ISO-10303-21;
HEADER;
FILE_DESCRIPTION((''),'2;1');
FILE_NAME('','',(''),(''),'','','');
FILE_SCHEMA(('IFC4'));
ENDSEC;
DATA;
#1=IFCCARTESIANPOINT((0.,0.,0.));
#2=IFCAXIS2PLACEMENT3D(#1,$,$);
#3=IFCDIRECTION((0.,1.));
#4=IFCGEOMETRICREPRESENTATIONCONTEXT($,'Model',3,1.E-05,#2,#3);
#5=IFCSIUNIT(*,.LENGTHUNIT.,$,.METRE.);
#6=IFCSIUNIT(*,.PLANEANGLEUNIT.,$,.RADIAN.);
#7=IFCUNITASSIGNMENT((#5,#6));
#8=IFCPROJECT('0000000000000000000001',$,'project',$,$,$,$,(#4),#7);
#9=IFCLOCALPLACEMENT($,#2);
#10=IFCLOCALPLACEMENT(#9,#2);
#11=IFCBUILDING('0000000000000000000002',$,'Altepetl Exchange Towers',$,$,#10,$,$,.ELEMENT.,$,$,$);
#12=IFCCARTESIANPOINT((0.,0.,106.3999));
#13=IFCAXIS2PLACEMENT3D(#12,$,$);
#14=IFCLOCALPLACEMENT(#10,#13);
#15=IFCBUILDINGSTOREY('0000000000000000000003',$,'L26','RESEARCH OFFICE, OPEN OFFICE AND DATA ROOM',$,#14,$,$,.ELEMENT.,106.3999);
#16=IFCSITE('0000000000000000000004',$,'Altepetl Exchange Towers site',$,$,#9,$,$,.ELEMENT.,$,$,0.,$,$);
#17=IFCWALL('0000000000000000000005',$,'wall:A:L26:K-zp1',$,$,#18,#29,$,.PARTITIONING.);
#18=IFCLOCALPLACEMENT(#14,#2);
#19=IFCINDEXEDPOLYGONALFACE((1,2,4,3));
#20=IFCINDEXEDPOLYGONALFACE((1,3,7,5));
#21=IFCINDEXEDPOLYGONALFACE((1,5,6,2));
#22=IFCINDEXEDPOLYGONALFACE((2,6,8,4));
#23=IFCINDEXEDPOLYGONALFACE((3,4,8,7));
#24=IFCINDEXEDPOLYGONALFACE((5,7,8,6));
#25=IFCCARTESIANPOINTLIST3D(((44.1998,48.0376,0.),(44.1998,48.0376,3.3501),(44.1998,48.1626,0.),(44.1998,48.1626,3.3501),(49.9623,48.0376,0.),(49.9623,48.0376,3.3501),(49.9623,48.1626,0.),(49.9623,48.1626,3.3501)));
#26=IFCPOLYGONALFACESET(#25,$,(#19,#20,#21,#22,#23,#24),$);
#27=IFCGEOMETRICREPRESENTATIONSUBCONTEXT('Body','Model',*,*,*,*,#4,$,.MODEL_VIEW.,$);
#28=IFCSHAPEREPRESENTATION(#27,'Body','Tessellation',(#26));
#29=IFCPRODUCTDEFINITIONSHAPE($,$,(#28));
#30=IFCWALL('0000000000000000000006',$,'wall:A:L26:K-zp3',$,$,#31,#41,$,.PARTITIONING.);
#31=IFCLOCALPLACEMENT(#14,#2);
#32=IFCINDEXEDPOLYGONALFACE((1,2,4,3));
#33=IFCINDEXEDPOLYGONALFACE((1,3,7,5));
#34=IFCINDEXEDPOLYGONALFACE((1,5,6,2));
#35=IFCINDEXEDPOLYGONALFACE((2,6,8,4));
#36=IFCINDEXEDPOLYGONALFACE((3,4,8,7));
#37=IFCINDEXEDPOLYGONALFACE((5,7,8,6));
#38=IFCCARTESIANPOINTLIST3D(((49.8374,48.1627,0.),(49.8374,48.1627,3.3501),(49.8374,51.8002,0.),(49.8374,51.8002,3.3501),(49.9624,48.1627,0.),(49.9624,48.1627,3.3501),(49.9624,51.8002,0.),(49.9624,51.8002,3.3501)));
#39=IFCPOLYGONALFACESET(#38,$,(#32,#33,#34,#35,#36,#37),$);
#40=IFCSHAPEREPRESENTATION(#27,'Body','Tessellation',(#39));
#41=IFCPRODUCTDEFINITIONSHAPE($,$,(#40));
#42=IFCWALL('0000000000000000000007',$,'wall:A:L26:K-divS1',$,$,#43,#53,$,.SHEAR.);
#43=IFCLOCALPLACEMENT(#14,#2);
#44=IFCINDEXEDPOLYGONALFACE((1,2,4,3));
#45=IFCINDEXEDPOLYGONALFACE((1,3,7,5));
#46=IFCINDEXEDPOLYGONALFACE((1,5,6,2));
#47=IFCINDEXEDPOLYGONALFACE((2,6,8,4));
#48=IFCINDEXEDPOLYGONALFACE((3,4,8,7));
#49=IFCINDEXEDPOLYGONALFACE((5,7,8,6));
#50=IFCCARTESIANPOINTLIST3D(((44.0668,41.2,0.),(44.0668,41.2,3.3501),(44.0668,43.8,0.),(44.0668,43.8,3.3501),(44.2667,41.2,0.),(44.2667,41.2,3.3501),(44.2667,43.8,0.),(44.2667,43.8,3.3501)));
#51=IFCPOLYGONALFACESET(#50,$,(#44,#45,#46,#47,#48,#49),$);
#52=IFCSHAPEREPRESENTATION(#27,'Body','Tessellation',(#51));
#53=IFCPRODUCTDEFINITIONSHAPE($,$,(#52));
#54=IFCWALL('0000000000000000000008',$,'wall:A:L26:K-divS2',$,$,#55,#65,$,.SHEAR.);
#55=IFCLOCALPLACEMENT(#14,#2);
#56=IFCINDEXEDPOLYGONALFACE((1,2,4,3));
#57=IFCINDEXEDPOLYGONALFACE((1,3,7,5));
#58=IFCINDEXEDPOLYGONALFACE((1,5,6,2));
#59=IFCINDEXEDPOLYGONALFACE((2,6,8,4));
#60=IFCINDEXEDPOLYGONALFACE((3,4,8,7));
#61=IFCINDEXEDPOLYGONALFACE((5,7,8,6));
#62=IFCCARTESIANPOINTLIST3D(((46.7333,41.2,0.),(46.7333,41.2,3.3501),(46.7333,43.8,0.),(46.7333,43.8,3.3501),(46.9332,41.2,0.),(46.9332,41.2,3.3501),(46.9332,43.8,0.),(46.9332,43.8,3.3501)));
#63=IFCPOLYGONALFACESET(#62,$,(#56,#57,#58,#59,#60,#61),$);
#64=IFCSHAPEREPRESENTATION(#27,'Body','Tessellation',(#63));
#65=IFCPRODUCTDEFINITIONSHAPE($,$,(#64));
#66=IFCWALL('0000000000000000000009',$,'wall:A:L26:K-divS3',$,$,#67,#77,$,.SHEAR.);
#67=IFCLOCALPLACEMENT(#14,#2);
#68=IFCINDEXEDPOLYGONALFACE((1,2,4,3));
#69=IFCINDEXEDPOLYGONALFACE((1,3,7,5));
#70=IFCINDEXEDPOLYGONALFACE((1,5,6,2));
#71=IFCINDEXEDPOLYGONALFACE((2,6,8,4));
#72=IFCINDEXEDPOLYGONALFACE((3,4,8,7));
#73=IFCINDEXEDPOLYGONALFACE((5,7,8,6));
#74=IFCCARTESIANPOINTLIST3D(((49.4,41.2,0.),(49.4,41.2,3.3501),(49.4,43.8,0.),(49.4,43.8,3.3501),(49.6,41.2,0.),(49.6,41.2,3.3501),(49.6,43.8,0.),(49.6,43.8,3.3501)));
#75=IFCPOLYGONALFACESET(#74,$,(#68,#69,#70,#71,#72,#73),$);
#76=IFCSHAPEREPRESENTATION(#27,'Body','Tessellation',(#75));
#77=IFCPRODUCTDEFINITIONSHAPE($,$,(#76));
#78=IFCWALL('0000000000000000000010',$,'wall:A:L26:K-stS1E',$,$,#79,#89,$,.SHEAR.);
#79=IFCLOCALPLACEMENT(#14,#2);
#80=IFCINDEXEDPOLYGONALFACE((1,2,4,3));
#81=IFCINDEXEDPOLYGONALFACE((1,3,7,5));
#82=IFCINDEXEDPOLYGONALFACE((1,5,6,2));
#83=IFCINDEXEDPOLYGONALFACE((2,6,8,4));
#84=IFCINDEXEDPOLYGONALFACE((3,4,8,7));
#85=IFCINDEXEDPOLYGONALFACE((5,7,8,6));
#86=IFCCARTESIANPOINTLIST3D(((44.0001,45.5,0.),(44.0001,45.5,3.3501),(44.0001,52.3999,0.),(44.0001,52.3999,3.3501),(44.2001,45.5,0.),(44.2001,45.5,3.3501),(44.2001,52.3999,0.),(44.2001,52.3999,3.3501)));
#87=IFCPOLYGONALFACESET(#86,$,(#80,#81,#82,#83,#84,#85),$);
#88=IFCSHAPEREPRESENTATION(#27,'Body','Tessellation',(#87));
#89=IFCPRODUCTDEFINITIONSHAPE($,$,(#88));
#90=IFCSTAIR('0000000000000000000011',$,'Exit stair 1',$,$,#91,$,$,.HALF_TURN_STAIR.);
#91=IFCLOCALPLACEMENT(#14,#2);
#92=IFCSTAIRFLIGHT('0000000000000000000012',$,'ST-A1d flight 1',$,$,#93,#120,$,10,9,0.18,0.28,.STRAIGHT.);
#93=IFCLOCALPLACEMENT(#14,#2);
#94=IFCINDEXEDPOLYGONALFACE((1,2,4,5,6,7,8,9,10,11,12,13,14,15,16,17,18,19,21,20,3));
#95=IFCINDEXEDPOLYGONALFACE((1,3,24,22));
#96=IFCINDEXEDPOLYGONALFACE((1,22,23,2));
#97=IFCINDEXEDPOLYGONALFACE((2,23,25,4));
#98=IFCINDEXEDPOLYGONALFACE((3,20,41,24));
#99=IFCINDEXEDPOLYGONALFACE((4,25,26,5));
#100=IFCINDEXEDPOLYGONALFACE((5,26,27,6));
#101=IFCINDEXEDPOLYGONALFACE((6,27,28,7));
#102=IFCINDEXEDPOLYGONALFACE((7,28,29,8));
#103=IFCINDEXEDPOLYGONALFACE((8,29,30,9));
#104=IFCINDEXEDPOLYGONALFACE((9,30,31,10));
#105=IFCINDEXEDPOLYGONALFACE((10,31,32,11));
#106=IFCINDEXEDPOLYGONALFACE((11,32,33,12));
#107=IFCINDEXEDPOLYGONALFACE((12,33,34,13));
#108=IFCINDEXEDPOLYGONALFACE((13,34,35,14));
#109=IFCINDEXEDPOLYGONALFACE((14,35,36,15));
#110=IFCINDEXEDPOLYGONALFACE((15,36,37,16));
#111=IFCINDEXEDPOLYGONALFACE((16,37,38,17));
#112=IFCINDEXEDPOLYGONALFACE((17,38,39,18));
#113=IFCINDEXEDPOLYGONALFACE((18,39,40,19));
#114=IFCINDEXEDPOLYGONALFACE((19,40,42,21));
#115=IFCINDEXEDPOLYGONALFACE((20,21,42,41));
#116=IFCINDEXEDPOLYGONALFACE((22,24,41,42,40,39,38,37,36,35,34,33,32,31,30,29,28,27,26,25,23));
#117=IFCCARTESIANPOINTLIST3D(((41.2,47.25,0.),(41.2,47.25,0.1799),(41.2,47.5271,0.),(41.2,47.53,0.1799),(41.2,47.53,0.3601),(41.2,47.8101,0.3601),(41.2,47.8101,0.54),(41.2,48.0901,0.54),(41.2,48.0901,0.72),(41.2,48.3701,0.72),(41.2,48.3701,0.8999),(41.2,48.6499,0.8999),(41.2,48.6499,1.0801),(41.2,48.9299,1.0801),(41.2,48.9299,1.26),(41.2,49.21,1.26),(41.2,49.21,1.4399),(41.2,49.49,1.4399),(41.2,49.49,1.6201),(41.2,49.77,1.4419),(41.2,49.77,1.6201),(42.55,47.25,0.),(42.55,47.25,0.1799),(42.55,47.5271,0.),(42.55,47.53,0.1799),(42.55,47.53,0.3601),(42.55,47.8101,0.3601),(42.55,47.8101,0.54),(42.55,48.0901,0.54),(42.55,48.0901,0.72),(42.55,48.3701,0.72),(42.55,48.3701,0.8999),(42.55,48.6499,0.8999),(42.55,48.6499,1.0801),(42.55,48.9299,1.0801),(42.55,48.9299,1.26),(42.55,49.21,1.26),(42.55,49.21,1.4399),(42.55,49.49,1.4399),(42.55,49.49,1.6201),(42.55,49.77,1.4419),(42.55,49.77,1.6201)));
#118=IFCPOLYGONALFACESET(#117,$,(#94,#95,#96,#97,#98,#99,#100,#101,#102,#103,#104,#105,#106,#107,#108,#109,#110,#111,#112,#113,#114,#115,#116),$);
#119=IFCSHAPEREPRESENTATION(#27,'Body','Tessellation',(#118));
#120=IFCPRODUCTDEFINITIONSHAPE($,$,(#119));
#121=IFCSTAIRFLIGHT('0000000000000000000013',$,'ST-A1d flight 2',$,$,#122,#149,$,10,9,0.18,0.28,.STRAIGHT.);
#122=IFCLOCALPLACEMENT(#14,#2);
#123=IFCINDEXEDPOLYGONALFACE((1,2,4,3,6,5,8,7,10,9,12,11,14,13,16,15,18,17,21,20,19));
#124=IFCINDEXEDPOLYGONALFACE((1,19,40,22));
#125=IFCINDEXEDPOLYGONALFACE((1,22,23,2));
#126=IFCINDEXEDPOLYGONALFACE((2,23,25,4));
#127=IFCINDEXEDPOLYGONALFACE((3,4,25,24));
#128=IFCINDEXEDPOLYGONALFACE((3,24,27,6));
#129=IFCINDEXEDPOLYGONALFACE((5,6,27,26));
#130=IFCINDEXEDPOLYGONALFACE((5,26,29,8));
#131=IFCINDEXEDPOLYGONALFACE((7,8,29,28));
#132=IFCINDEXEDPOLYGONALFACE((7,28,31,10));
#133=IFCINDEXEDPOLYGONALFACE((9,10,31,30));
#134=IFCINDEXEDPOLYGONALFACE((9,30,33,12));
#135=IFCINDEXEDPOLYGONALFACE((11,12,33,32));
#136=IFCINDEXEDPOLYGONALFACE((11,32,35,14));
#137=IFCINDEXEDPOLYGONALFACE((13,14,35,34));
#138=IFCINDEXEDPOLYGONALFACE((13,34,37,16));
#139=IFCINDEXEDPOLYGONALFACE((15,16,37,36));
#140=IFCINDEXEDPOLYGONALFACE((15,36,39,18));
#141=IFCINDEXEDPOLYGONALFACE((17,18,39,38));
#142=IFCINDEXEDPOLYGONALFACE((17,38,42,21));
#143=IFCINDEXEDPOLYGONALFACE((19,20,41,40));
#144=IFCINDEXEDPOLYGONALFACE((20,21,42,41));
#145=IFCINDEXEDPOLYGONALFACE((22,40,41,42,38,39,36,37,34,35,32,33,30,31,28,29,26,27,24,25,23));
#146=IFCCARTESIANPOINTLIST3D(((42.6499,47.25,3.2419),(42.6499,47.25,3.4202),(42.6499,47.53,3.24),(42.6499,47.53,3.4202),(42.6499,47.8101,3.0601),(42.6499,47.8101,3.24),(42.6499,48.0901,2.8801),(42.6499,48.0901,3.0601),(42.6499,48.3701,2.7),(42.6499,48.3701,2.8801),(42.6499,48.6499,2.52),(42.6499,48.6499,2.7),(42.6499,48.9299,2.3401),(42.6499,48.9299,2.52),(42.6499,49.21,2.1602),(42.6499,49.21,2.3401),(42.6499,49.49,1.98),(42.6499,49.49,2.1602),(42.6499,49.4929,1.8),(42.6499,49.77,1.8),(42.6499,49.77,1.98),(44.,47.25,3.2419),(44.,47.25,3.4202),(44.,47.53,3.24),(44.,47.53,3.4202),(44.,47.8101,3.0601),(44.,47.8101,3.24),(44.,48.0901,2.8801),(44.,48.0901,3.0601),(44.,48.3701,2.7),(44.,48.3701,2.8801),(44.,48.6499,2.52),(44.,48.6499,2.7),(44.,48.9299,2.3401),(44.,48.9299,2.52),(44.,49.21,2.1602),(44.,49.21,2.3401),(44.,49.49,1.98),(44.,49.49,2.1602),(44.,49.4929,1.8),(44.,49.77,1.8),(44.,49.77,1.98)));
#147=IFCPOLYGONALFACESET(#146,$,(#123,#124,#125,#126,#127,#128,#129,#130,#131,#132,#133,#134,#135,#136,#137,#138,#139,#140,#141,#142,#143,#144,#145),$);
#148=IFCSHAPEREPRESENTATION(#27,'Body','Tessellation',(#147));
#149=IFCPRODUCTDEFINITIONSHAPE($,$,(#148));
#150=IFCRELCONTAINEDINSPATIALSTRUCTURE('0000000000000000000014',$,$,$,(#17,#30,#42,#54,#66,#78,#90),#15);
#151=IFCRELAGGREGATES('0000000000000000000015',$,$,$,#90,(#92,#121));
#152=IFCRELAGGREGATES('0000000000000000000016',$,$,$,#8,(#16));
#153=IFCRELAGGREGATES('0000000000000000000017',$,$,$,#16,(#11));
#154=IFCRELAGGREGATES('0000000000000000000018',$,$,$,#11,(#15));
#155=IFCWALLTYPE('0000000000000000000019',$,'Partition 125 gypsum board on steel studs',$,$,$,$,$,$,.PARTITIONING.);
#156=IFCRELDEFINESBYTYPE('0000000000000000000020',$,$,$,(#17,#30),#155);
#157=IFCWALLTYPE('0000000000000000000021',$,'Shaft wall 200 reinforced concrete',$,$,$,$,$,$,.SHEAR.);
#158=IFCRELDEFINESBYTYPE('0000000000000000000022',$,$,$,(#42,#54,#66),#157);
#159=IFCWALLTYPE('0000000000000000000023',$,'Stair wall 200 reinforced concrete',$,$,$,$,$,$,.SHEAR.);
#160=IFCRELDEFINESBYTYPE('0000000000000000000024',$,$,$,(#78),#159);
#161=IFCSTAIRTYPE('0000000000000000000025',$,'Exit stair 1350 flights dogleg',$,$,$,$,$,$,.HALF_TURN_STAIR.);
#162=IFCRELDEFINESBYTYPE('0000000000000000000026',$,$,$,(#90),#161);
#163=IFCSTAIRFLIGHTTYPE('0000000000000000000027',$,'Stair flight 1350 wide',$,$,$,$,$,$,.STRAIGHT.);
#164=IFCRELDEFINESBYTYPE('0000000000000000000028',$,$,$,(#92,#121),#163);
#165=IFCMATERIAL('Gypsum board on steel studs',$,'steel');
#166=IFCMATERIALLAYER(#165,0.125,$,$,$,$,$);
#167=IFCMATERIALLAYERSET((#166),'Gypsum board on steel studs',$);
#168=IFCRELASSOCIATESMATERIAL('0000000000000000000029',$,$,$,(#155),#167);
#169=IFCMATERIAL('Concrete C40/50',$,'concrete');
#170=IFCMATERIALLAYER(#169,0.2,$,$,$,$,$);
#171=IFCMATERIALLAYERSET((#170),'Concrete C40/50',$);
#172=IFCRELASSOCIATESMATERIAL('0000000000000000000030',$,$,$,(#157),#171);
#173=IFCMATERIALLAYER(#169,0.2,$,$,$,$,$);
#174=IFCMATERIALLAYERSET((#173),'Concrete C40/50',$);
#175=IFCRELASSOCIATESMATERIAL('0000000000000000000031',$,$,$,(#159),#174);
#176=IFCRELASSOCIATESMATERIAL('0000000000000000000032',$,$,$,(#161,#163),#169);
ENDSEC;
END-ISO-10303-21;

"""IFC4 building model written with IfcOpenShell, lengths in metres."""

from ifc_helpers import new_model, si_unit, direction, frame, frame_2d, origin, place, context, subcontext, project, spatial, polyline, rectangle, outline, extrude, material, layer, layer_set, type_object, element, aggregate, save


model = new_model("IFC4")

# Units and contexts
model_context = context("Model", 3, precision=1e-05, world=origin(), true_north=direction((0.0, 1.0)))
body_context = subcontext(model_context, "Body", "Model", "MODEL_VIEW")
ifc_project = project(units=[si_unit("LENGTHUNIT", "METRE"), si_unit("PLANEANGLEUNIT", "RADIAN")], contexts=[model_context])

# Site, building, storey
site_placement = place(None, origin())
site = spatial("IfcSite", under=ifc_project, at=site_placement, Name="Altepetl Exchange Towers site", CompositionType="ELEMENT", RefElevation=0.0)
building_placement = place(site_placement, origin())
building = spatial("IfcBuilding", under=site, at=building_placement, Name="Altepetl Exchange Towers", CompositionType="ELEMENT")
storey_placement = place(building_placement, frame((0.0, 0.0, 106.3999)))
storey = spatial("IfcBuildingStorey", under=building, at=storey_placement, Name="L26", Description="RESEARCH OFFICE, OPEN OFFICE AND DATA ROOM", CompositionType="ELEMENT", Elevation=106.3999)

# Walls
ifc_material_1 = material(Name="Gypsum board on steel studs", Category="steel")
ifc_layer_1 = layer(ifc_material_1, 0.125)
ifc_layer_set_1 = layer_set([ifc_layer_1], Name="Gypsum board on steel studs")
wall_type_1 = type_object("IfcWallType", Name="Partition 125 gypsum board on steel studs", PredefinedType="PARTITIONING", material=ifc_layer_set_1)
wall_1_placement = place(storey_placement, frame((49.9624, 48.1001, 0.0), z_axis=(0.0, 0.0, 1.0), x_axis=(-1.0, 0.0, 0.0)))
element("IfcWall", 1, at=wall_1_placement, inside=storey, type_object=wall_type_1, Name="wall:A:L26:K-zp1", PredefinedType="PARTITIONING", context=body_context, shape_type="SweptSolid", body=[
    extrude(rectangle(XDim=5.7625, YDim=0.125, at=frame_2d((2.8813, 0.0))), origin(), (0.0, 0.0, 1.0), 3.3501),
])
wall_2_placement = place(storey_placement, frame((49.8999, 48.1626, 0.0), z_axis=(0.0, 0.0, 1.0), x_axis=(0.0, 1.0, 0.0)))
element("IfcWall", 2, at=wall_2_placement, inside=storey, type_object=wall_type_1, Name="wall:A:L26:K-zp3", PredefinedType="PARTITIONING", context=body_context, shape_type="SweptSolid", body=[
    extrude(rectangle(XDim=3.6375, YDim=0.125, at=frame_2d((1.8188, 0.0))), origin(), (0.0, 0.0, 1.0), 3.3501),
])
ifc_material_2 = material(Name="Concrete C40/50", Category="concrete")
ifc_layer_2 = layer(ifc_material_2, 0.2)
ifc_layer_set_2 = layer_set([ifc_layer_2], Name="Concrete C40/50")
wall_type_2 = type_object("IfcWallType", Name="Shaft wall 200 reinforced concrete", PredefinedType="SHEAR", material=ifc_layer_set_2)
for number, where, z_axis, x_axis, name in (
    (3, (44.1667, 41.2, 0.0), (0.0, 0.0, 1.0), (0.0, 1.0, 0.0), "wall:A:L26:K-divS1"),
    (4, (46.8333, 41.2, 0.0), (0.0, 0.0, 1.0), (0.0, 1.0, 0.0), "wall:A:L26:K-divS2"),
    (5, (49.5, 41.2, 0.0), (0.0, 0.0, 1.0), (0.0, 1.0, 0.0), "wall:A:L26:K-divS3"),
):
    element("IfcWall", number, at=place(storey_placement, frame(where, z_axis=z_axis, x_axis=x_axis)), inside=storey, type_object=wall_type_2, Name=name, PredefinedType="SHEAR", context=body_context, shape_type="SweptSolid", body=[
        extrude(rectangle(XDim=2.6001, YDim=0.2, at=frame_2d((1.3, 0.0))), origin(), (0.0, 0.0, 1.0), 3.3501),
    ])
ifc_layer_3 = layer(ifc_material_2, 0.2)
ifc_layer_set_3 = layer_set([ifc_layer_3], Name="Concrete C40/50")
wall_type_3 = type_object("IfcWallType", Name="Stair wall 200 reinforced concrete", PredefinedType="SHEAR", material=ifc_layer_set_3)
wall_3_placement = place(storey_placement, frame((44.1001, 45.5, 0.0), z_axis=(0.0, 0.0, 1.0), x_axis=(0.0, 1.0, 0.0)))
element("IfcWall", 6, at=wall_3_placement, inside=storey, type_object=wall_type_3, Name="wall:A:L26:K-stS1E", PredefinedType="SHEAR", context=body_context, shape_type="SweptSolid", body=[
    extrude(rectangle(XDim=6.8999, YDim=0.2, at=frame_2d((3.45, 0.0))), origin(), (0.0, 0.0, 1.0), 3.3501),
])

# Stair, stair flights
stair_type = type_object("IfcStairType", Name="Exit stair 1350 flights dogleg", PredefinedType="HALF_TURN_STAIR", material=ifc_material_2)
stair_placement = place(storey_placement, origin())
stair = element("IfcStair", 7, at=stair_placement, inside=storey, type_object=stair_type, Name="Exit stair 1", PredefinedType="HALF_TURN_STAIR")
stair_flight_type = type_object("IfcStairFlightType", Name="Stair flight 1350 wide", PredefinedType="STRAIGHT", material=ifc_material_2)
stair_flight_1_placement = place(storey_placement, frame((41.875, 47.25, 0.0), z_axis=(0.0, 0.0, 1.0), x_axis=(0.0, 1.0, 0.0)))
stair_flight_1 = element("IfcStairFlight", 8, at=stair_flight_1_placement, type_object=stair_flight_type, Name="ST-A1d flight 1", NumberOfRisers=10, NumberOfTreads=9, PredefinedType="STRAIGHT", RiserHeight=0.18, TreadLength=0.28, context=body_context, shape_type="SweptSolid", body=[
    extrude(outline(polyline([(0.0, 0.0), (0.0, 0.1799), (0.28, 0.1799), (0.28, 0.3601), (0.5601, 0.3601), (0.5601, 0.54), (0.8401, 0.54), (0.8401, 0.72), (1.1201, 0.72), (1.1201, 0.8999), (1.3999, 0.8999), (1.3999, 1.0801), (1.6799, 1.0801), (1.6799, 1.26), (1.96, 1.26), (1.96, 1.4399), (2.24, 1.4399), (2.24, 1.6201), (2.52, 1.6201), (2.52, 1.8), (2.52, 1.4419), (0.2771, 0.0), (0.0, 0.0)])), frame((0.0, 0.675, 0.0), z_axis=(0.0, -1.0, 0.0), x_axis=(1.0, 0.0, 0.0)), (0.0, 0.0, 1.0), 1.3501),
])
stair_flight_2_placement = place(storey_placement, frame((43.325, 49.77, 1.8), z_axis=(0.0, 0.0, 1.0), x_axis=(0.0, -1.0, 0.0)))
stair_flight_2 = element("IfcStairFlight", 9, at=stair_flight_2_placement, type_object=stair_flight_type, Name="ST-A1d flight 2", NumberOfRisers=10, NumberOfTreads=9, PredefinedType="STRAIGHT", RiserHeight=0.18, TreadLength=0.28, context=body_context, shape_type="SweptSolid", body=[
    extrude(outline(polyline([(0.0, 0.0), (0.0, 0.1799), (0.28, 0.1799), (0.28, 0.3601), (0.5601, 0.3601), (0.5601, 0.54), (0.8401, 0.54), (0.8401, 0.72), (1.1201, 0.72), (1.1201, 0.8999), (1.3999, 0.8999), (1.3999, 1.0801), (1.6799, 1.0801), (1.6799, 1.26), (1.96, 1.26), (1.96, 1.4399), (2.24, 1.4399), (2.24, 1.6201), (2.52, 1.6201), (2.52, 1.8), (2.52, 1.4419), (0.2771, 0.0), (0.0, 0.0)])), frame((0.0, 0.675, 0.0), z_axis=(0.0, -1.0, 0.0), x_axis=(1.0, 0.0, 0.0)), (0.0, 0.0, 1.0), 1.3501),
])
aggregate(stair, [stair_flight_1, stair_flight_2])

save(model, "model.ifc")
